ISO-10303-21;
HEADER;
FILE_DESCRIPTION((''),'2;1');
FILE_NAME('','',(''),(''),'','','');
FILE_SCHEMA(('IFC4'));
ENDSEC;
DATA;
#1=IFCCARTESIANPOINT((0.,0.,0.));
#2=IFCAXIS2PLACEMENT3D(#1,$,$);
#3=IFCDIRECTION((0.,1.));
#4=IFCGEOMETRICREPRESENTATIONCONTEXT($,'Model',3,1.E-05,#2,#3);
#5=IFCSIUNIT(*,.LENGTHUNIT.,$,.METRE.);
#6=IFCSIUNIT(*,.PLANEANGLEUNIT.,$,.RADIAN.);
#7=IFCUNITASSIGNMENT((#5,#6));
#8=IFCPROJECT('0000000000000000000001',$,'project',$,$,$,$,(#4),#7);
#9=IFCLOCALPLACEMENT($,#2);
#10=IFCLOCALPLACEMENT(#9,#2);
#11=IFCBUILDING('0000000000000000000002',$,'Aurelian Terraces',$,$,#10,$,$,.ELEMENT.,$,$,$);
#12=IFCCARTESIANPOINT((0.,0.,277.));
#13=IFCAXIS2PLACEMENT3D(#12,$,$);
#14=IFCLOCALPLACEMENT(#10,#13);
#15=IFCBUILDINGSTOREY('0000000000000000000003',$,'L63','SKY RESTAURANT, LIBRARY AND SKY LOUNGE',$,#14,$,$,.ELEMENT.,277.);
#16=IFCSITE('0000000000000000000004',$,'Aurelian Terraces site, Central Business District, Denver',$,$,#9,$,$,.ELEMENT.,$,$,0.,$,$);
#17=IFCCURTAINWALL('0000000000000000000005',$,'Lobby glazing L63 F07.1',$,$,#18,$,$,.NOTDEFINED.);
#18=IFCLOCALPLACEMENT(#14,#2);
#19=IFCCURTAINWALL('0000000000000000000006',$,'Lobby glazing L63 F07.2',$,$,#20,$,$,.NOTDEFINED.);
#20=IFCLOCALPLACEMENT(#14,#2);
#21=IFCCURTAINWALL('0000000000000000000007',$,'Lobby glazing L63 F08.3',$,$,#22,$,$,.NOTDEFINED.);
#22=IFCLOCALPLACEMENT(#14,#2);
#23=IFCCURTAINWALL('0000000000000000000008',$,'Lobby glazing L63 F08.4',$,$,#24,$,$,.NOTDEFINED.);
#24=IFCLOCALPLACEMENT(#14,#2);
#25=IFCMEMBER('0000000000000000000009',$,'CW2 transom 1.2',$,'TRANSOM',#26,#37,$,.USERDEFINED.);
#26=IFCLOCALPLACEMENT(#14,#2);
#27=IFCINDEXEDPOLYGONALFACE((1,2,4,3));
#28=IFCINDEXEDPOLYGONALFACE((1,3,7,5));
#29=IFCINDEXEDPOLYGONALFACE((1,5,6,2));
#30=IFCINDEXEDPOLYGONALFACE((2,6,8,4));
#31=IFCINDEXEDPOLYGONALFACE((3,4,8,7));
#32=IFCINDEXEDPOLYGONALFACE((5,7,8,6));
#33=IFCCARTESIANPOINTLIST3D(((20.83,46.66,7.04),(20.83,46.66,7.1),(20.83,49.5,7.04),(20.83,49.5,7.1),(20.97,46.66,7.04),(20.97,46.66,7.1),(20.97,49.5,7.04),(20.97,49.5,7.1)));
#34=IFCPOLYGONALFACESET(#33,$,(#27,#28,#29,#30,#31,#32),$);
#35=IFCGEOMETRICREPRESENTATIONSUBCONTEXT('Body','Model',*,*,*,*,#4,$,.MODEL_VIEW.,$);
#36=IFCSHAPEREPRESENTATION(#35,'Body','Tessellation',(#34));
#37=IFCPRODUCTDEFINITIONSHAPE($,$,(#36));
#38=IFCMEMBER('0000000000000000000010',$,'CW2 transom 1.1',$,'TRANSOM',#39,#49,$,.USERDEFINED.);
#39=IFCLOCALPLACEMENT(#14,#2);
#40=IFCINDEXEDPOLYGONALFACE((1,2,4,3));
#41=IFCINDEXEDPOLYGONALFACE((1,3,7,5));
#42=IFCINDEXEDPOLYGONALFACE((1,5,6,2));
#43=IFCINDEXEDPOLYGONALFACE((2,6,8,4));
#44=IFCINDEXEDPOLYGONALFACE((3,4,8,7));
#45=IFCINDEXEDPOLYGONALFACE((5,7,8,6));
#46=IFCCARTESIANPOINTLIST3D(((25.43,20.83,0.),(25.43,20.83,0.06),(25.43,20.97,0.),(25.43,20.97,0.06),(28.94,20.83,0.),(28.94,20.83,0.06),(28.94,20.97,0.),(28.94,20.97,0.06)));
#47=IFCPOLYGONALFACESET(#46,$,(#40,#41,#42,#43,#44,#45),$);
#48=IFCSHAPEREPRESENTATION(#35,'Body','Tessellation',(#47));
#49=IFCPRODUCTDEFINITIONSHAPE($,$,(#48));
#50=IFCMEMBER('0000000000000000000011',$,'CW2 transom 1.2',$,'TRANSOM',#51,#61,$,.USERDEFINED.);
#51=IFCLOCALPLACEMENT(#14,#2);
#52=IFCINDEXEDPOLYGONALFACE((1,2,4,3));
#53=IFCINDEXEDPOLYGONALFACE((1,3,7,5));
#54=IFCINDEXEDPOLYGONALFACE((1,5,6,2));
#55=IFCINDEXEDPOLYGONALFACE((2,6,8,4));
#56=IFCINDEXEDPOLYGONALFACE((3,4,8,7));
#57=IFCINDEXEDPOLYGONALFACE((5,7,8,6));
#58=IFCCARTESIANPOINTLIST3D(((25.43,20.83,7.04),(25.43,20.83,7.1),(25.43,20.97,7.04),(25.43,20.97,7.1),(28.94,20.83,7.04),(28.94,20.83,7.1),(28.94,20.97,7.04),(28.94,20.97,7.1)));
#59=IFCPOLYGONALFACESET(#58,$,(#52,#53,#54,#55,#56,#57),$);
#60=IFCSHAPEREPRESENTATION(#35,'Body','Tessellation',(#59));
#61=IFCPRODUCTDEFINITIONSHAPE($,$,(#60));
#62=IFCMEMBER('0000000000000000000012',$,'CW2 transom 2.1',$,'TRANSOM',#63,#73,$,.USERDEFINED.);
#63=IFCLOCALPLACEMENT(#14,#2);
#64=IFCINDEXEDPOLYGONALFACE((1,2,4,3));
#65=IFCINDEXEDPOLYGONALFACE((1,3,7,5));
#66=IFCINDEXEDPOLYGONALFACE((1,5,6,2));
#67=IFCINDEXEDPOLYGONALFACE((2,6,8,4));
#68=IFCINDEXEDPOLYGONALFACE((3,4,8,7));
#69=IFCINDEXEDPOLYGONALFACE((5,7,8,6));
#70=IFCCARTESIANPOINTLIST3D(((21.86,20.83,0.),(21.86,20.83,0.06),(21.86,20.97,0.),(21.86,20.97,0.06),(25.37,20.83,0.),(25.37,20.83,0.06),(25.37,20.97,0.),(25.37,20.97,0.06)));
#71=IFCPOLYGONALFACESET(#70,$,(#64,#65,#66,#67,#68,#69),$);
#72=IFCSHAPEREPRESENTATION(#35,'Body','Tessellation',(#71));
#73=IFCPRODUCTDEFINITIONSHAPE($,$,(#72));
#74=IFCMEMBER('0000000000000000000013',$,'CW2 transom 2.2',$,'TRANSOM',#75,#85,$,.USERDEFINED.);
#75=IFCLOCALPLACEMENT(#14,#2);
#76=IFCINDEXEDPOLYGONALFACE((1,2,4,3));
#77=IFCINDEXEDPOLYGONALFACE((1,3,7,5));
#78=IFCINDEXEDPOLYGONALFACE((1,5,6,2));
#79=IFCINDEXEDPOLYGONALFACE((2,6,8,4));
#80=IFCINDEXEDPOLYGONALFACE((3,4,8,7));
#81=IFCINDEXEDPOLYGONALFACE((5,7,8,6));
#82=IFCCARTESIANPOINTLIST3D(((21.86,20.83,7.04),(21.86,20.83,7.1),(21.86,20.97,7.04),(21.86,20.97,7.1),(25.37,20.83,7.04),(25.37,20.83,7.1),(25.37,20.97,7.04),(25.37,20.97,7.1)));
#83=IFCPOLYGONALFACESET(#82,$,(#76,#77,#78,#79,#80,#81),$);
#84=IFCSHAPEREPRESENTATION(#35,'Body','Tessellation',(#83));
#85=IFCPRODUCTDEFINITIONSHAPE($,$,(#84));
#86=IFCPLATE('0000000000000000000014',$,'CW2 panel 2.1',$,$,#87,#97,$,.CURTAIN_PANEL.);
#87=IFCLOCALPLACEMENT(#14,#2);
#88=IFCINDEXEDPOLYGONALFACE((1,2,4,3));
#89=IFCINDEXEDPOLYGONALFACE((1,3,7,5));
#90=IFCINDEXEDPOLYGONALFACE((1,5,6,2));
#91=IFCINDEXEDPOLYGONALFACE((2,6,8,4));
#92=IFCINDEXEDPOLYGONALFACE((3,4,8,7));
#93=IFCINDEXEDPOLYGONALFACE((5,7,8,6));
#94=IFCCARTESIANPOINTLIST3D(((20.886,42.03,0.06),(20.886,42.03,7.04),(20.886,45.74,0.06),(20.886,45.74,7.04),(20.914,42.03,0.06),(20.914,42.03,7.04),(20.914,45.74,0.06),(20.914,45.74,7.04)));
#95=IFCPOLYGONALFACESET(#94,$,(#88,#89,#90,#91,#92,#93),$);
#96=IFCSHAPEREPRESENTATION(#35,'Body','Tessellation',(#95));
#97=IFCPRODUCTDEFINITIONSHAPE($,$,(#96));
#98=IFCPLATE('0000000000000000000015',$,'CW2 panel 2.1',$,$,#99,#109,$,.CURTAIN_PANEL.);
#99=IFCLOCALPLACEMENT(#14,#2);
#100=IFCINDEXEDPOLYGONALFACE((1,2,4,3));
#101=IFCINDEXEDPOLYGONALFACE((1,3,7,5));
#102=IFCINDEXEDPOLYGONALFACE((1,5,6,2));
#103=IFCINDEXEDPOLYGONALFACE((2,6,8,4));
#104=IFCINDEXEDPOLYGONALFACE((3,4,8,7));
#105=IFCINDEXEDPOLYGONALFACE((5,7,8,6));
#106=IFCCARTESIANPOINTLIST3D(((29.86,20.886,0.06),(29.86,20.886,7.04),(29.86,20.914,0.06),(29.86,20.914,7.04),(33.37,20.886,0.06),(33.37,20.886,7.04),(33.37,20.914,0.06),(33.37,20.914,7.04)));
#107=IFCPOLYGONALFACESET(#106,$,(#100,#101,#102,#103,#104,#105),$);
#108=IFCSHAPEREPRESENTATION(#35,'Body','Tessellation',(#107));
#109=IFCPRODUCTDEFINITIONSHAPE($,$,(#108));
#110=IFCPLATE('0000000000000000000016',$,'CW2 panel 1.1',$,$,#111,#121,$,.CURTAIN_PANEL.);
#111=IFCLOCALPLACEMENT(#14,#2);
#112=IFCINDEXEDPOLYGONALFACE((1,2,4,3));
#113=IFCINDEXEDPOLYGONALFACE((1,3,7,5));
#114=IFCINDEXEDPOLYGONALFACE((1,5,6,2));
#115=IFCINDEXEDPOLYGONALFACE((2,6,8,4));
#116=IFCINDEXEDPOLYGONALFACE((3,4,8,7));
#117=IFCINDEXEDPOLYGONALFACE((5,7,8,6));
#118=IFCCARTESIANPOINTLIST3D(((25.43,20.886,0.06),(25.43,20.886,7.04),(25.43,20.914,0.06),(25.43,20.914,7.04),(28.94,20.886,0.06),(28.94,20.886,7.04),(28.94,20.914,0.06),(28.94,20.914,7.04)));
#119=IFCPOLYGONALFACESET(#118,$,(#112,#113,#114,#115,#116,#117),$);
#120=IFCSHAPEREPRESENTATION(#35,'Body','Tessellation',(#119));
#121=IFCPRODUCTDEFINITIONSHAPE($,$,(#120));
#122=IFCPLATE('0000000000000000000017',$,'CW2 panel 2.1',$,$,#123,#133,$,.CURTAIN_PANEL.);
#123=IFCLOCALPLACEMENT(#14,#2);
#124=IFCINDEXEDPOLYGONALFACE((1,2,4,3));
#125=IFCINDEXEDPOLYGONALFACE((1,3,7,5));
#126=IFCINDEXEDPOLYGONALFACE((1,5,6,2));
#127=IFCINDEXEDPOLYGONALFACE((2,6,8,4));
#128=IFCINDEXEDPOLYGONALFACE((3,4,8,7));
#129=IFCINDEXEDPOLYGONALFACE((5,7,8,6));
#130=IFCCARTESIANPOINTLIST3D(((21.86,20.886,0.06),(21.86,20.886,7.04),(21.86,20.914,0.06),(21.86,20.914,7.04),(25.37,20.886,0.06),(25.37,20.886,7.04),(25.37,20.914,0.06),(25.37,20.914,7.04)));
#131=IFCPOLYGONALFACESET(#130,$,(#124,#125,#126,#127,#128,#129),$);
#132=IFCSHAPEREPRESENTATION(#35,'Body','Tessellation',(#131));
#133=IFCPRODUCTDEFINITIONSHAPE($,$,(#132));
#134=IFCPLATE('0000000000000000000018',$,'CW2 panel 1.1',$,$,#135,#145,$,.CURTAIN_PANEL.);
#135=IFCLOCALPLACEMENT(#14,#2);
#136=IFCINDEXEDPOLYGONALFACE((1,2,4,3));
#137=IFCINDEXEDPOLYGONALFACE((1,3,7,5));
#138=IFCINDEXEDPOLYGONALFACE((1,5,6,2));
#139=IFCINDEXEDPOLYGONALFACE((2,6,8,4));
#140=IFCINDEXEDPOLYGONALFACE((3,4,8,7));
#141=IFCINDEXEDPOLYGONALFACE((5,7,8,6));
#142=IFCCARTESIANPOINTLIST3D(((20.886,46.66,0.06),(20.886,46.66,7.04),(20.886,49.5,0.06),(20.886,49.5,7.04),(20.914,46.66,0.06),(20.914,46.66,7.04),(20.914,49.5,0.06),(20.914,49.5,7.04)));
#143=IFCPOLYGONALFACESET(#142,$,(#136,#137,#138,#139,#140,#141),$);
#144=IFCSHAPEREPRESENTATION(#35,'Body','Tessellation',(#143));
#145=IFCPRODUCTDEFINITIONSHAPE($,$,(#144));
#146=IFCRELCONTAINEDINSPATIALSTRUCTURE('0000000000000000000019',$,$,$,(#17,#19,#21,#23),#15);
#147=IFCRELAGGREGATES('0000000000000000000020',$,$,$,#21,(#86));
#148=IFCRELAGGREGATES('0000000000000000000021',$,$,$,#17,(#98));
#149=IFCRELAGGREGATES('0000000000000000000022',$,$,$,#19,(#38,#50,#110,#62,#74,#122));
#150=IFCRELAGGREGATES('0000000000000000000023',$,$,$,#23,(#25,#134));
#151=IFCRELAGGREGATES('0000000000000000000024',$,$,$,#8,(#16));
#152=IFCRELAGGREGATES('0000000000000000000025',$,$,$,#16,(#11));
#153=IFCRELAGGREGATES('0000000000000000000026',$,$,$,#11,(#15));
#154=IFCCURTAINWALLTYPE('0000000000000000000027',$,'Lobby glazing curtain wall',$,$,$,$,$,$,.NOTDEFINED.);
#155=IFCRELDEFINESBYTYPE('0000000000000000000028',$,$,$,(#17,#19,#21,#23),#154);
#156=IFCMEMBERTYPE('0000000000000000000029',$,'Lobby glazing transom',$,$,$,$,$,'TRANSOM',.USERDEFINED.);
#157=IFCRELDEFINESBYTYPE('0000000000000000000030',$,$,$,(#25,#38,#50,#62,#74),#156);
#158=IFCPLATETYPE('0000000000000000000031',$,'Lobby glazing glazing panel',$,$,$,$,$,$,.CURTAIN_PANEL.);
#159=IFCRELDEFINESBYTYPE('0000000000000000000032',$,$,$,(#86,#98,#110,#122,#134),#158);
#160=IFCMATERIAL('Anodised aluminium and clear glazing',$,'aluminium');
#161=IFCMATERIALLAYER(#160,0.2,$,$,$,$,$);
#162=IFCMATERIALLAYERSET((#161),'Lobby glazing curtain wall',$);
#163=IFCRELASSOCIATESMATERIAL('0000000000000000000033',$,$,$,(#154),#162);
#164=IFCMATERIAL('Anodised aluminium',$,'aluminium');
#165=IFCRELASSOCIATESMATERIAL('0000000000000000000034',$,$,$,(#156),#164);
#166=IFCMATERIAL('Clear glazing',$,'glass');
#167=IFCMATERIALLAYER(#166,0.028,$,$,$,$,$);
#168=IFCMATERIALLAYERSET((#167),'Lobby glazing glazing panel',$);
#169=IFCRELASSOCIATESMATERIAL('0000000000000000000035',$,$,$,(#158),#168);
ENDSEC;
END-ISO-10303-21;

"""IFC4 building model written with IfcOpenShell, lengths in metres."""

from ifc_helpers import new_model, si_unit, direction, frame, origin, origin_2d, place, context, subcontext, project, spatial, rectangle, extrude, source, transform, mapped, material, layer, layer_set, material_profile, profile_set, type_object, element, aggregate, save


model = new_model("IFC4")

# Units and contexts
model_context = context("Model", 3, precision=1e-05, world=origin(), true_north=direction((0.0, 1.0)))
body_context = subcontext(model_context, "Body", "Model", "MODEL_VIEW")
ifc_project = project(units=[si_unit("LENGTHUNIT", "METRE"), si_unit("PLANEANGLEUNIT", "RADIAN")], contexts=[model_context])

# Site, building, storey
site_placement = place(None, origin())
site = spatial("IfcSite", under=ifc_project, at=site_placement, Name="Aurelian Terraces site, Central Business District, Denver", CompositionType="ELEMENT", RefElevation=0.0)
building_placement = place(site_placement, origin())
building = spatial("IfcBuilding", under=site, at=building_placement, Name="Aurelian Terraces", CompositionType="ELEMENT")
storey_placement = place(building_placement, frame((0.0, 0.0, 277.0)))
storey = spatial("IfcBuildingStorey", under=building, at=storey_placement, Name="L63", Description="SKY RESTAURANT, LIBRARY AND SKY LOUNGE", CompositionType="ELEMENT", Elevation=277.0)

# Curtain wall
ifc_material_1 = material(Name="Anodised aluminium and clear glazing", Category="aluminium")
ifc_layer_1 = layer(ifc_material_1, 0.2)
ifc_layer_set_1 = layer_set([ifc_layer_1], Name="Lobby glazing curtain wall")
curtain_wall_type = type_object("IfcCurtainWallType", Name="Lobby glazing curtain wall", PredefinedType="NOTDEFINED", material=ifc_layer_set_1)
curtain_wall_1_placement = place(storey_placement, origin())
curtain_wall_1 = element("IfcCurtainWall", 1, at=curtain_wall_1_placement, inside=storey, type_object=curtain_wall_type, Name="Lobby glazing L63 F07.1", PredefinedType="NOTDEFINED")
ifc_material_2 = material(Name="Anodised aluminium", Category="aluminium")

# Curtain wall
curtain_wall_2_placement = place(storey_placement, origin())
curtain_wall_2 = element("IfcCurtainWall", 2, at=curtain_wall_2_placement, inside=storey, type_object=curtain_wall_type, Name="Lobby glazing L63 F07.2", PredefinedType="NOTDEFINED")

# Curtain wall
curtain_wall_3_placement = place(storey_placement, origin())
curtain_wall_3 = element("IfcCurtainWall", 3, at=curtain_wall_3_placement, inside=storey, type_object=curtain_wall_type, Name="Lobby glazing L63 F08.3", PredefinedType="NOTDEFINED")

# Curtain wall
curtain_wall_4_placement = place(storey_placement, origin())
curtain_wall_4 = element("IfcCurtainWall", 4, at=curtain_wall_4_placement, inside=storey, type_object=curtain_wall_type, Name="Lobby glazing L63 F08.4", PredefinedType="NOTDEFINED")
ifc_material_profile_1 = material_profile(ifc_material_2, rectangle(XDim=0.14, YDim=0.06, at=origin_2d()))
ifc_profile_set_1 = profile_set([ifc_material_profile_1], Name="Anodised aluminium")
member_type_1 = type_object("IfcMemberType", Name="Lobby glazing transom", ElementType="TRANSOM", PredefinedType="USERDEFINED", material=ifc_profile_set_1)

# Members
shared_shape_1 = source(origin(), body_context, "Body", "SweptSolid", [
    extrude(rectangle(XDim=0.14, YDim=0.06, at=origin_2d()), origin(), (0.0, 0.0, 1.0), 2.84),
])
member_1_placement = place(storey_placement, frame((20.9, 46.66, 7.07), z_axis=(0.0, 1.0, 0.0), x_axis=(-1.0, 0.0, 0.0)))
member_1 = element("IfcMember", 5, at=member_1_placement, type_object=member_type_1, Name="CW2 transom 1.2", ObjectType="TRANSOM", PredefinedType="USERDEFINED", context=body_context, shape_type="MappedRepresentation", body=[
    mapped(shared_shape_1, transform((0.0, 0.0, 0.0), scale=1.0)),
])
shared_shape_2 = source(origin(), body_context, "Body", "SweptSolid", [
    extrude(rectangle(XDim=0.14, YDim=0.06, at=origin_2d()), origin(), (0.0, 0.0, 1.0), 3.51),
])
member_2_placement = place(storey_placement, frame((28.94, 20.9, 0.03), z_axis=(-1.0, 0.0, 0.0), x_axis=(0.0, -1.0, 0.0)))
member_2 = element("IfcMember", 6, at=member_2_placement, type_object=member_type_1, Name="CW2 transom 1.1", ObjectType="TRANSOM", PredefinedType="USERDEFINED", context=body_context, shape_type="MappedRepresentation", body=[
    mapped(shared_shape_2, transform((0.0, 0.0, 0.0), scale=1.0)),
])
member_3_placement = place(storey_placement, frame((28.94, 20.9, 7.07), z_axis=(-1.0, 0.0, 0.0), x_axis=(0.0, -1.0, 0.0)))
member_3 = element("IfcMember", 7, at=member_3_placement, type_object=member_type_1, Name="CW2 transom 1.2", ObjectType="TRANSOM", PredefinedType="USERDEFINED", context=body_context, shape_type="MappedRepresentation", body=[
    mapped(shared_shape_2, transform((0.0, 0.0, 0.0), scale=1.0)),
])
member_4_placement = place(storey_placement, frame((25.37, 20.9, 0.03), z_axis=(-1.0, 0.0, 0.0), x_axis=(0.0, -1.0, 0.0)))
member_4 = element("IfcMember", 8, at=member_4_placement, type_object=member_type_1, Name="CW2 transom 2.1", ObjectType="TRANSOM", PredefinedType="USERDEFINED", context=body_context, shape_type="MappedRepresentation", body=[
    mapped(shared_shape_2, transform((0.0, 0.0, 0.0), scale=1.0)),
])
member_5_placement = place(storey_placement, frame((25.37, 20.9, 7.07), z_axis=(-1.0, 0.0, 0.0), x_axis=(0.0, -1.0, 0.0)))
member_5 = element("IfcMember", 9, at=member_5_placement, type_object=member_type_1, Name="CW2 transom 2.2", ObjectType="TRANSOM", PredefinedType="USERDEFINED", context=body_context, shape_type="MappedRepresentation", body=[
    mapped(shared_shape_2, transform((0.0, 0.0, 0.0), scale=1.0)),
])

# Plates
ifc_material_3 = material(Name="Clear glazing", Category="glass")
ifc_layer_2 = layer(ifc_material_3, 0.028)
ifc_layer_set_2 = layer_set([ifc_layer_2], Name="Lobby glazing glazing panel")
plate_type = type_object("IfcPlateType", Name="Lobby glazing glazing panel", PredefinedType="CURTAIN_PANEL", material=ifc_layer_set_2)
shared_shape_3 = source(origin(), body_context, "Body", "SweptSolid", [
    extrude(rectangle(XDim=3.71, YDim=0.028, at=origin_2d()), origin(), (0.0, 0.0, 1.0), 6.98),
])
plate_1_placement = place(storey_placement, frame((20.9, 43.885, 0.06), z_axis=(0.0, 0.0, 1.0), x_axis=(0.0, 1.0, 0.0)))
plate_1 = element("IfcPlate", 10, at=plate_1_placement, type_object=plate_type, Name="CW2 panel 2.1", PredefinedType="CURTAIN_PANEL", context=body_context, shape_type="MappedRepresentation", body=[
    mapped(shared_shape_3, transform((0.0, 0.0, 0.0), scale=1.0)),
])
aggregate(curtain_wall_3, [plate_1])
shared_shape_4 = source(origin(), body_context, "Body", "SweptSolid", [
    extrude(rectangle(XDim=3.51, YDim=0.028, at=origin_2d()), origin(), (0.0, 0.0, 1.0), 6.98),
])
plate_2_placement = place(storey_placement, frame((31.615, 20.9, 0.06), z_axis=(0.0, 0.0, 1.0), x_axis=(-1.0, 0.0, 0.0)))
plate_2 = element("IfcPlate", 11, at=plate_2_placement, type_object=plate_type, Name="CW2 panel 2.1", PredefinedType="CURTAIN_PANEL", context=body_context, shape_type="MappedRepresentation", body=[
    mapped(shared_shape_4, transform((0.0, 0.0, 0.0), scale=1.0)),
])
aggregate(curtain_wall_1, [plate_2])
plate_3_placement = place(storey_placement, frame((27.185, 20.9, 0.06), z_axis=(0.0, 0.0, 1.0), x_axis=(-1.0, 0.0, 0.0)))
plate_3 = element("IfcPlate", 12, at=plate_3_placement, type_object=plate_type, Name="CW2 panel 1.1", PredefinedType="CURTAIN_PANEL", context=body_context, shape_type="MappedRepresentation", body=[
    mapped(shared_shape_4, transform((0.0, 0.0, 0.0), scale=1.0)),
])
plate_4_placement = place(storey_placement, frame((23.615, 20.9, 0.06), z_axis=(0.0, 0.0, 1.0), x_axis=(-1.0, 0.0, 0.0)))
plate_4 = element("IfcPlate", 13, at=plate_4_placement, type_object=plate_type, Name="CW2 panel 2.1", PredefinedType="CURTAIN_PANEL", context=body_context, shape_type="MappedRepresentation", body=[
    mapped(shared_shape_4, transform((0.0, 0.0, 0.0), scale=1.0)),
])
aggregate(curtain_wall_2, [member_2, member_3, plate_3, member_4, member_5, plate_4])
shared_shape_5 = source(origin(), body_context, "Body", "SweptSolid", [
    extrude(rectangle(XDim=2.84, YDim=0.028, at=origin_2d()), origin(), (0.0, 0.0, 1.0), 6.98),
])
plate_5_placement = place(storey_placement, frame((20.9, 48.08, 0.06), z_axis=(0.0, 0.0, 1.0), x_axis=(0.0, 1.0, 0.0)))
plate_5 = element("IfcPlate", 14, at=plate_5_placement, type_object=plate_type, Name="CW2 panel 1.1", PredefinedType="CURTAIN_PANEL", context=body_context, shape_type="MappedRepresentation", body=[
    mapped(shared_shape_5, transform((0.0, 0.0, 0.0), scale=1.0)),
])
aggregate(curtain_wall_4, [member_1, plate_5])

save(model, "model.ifc")
